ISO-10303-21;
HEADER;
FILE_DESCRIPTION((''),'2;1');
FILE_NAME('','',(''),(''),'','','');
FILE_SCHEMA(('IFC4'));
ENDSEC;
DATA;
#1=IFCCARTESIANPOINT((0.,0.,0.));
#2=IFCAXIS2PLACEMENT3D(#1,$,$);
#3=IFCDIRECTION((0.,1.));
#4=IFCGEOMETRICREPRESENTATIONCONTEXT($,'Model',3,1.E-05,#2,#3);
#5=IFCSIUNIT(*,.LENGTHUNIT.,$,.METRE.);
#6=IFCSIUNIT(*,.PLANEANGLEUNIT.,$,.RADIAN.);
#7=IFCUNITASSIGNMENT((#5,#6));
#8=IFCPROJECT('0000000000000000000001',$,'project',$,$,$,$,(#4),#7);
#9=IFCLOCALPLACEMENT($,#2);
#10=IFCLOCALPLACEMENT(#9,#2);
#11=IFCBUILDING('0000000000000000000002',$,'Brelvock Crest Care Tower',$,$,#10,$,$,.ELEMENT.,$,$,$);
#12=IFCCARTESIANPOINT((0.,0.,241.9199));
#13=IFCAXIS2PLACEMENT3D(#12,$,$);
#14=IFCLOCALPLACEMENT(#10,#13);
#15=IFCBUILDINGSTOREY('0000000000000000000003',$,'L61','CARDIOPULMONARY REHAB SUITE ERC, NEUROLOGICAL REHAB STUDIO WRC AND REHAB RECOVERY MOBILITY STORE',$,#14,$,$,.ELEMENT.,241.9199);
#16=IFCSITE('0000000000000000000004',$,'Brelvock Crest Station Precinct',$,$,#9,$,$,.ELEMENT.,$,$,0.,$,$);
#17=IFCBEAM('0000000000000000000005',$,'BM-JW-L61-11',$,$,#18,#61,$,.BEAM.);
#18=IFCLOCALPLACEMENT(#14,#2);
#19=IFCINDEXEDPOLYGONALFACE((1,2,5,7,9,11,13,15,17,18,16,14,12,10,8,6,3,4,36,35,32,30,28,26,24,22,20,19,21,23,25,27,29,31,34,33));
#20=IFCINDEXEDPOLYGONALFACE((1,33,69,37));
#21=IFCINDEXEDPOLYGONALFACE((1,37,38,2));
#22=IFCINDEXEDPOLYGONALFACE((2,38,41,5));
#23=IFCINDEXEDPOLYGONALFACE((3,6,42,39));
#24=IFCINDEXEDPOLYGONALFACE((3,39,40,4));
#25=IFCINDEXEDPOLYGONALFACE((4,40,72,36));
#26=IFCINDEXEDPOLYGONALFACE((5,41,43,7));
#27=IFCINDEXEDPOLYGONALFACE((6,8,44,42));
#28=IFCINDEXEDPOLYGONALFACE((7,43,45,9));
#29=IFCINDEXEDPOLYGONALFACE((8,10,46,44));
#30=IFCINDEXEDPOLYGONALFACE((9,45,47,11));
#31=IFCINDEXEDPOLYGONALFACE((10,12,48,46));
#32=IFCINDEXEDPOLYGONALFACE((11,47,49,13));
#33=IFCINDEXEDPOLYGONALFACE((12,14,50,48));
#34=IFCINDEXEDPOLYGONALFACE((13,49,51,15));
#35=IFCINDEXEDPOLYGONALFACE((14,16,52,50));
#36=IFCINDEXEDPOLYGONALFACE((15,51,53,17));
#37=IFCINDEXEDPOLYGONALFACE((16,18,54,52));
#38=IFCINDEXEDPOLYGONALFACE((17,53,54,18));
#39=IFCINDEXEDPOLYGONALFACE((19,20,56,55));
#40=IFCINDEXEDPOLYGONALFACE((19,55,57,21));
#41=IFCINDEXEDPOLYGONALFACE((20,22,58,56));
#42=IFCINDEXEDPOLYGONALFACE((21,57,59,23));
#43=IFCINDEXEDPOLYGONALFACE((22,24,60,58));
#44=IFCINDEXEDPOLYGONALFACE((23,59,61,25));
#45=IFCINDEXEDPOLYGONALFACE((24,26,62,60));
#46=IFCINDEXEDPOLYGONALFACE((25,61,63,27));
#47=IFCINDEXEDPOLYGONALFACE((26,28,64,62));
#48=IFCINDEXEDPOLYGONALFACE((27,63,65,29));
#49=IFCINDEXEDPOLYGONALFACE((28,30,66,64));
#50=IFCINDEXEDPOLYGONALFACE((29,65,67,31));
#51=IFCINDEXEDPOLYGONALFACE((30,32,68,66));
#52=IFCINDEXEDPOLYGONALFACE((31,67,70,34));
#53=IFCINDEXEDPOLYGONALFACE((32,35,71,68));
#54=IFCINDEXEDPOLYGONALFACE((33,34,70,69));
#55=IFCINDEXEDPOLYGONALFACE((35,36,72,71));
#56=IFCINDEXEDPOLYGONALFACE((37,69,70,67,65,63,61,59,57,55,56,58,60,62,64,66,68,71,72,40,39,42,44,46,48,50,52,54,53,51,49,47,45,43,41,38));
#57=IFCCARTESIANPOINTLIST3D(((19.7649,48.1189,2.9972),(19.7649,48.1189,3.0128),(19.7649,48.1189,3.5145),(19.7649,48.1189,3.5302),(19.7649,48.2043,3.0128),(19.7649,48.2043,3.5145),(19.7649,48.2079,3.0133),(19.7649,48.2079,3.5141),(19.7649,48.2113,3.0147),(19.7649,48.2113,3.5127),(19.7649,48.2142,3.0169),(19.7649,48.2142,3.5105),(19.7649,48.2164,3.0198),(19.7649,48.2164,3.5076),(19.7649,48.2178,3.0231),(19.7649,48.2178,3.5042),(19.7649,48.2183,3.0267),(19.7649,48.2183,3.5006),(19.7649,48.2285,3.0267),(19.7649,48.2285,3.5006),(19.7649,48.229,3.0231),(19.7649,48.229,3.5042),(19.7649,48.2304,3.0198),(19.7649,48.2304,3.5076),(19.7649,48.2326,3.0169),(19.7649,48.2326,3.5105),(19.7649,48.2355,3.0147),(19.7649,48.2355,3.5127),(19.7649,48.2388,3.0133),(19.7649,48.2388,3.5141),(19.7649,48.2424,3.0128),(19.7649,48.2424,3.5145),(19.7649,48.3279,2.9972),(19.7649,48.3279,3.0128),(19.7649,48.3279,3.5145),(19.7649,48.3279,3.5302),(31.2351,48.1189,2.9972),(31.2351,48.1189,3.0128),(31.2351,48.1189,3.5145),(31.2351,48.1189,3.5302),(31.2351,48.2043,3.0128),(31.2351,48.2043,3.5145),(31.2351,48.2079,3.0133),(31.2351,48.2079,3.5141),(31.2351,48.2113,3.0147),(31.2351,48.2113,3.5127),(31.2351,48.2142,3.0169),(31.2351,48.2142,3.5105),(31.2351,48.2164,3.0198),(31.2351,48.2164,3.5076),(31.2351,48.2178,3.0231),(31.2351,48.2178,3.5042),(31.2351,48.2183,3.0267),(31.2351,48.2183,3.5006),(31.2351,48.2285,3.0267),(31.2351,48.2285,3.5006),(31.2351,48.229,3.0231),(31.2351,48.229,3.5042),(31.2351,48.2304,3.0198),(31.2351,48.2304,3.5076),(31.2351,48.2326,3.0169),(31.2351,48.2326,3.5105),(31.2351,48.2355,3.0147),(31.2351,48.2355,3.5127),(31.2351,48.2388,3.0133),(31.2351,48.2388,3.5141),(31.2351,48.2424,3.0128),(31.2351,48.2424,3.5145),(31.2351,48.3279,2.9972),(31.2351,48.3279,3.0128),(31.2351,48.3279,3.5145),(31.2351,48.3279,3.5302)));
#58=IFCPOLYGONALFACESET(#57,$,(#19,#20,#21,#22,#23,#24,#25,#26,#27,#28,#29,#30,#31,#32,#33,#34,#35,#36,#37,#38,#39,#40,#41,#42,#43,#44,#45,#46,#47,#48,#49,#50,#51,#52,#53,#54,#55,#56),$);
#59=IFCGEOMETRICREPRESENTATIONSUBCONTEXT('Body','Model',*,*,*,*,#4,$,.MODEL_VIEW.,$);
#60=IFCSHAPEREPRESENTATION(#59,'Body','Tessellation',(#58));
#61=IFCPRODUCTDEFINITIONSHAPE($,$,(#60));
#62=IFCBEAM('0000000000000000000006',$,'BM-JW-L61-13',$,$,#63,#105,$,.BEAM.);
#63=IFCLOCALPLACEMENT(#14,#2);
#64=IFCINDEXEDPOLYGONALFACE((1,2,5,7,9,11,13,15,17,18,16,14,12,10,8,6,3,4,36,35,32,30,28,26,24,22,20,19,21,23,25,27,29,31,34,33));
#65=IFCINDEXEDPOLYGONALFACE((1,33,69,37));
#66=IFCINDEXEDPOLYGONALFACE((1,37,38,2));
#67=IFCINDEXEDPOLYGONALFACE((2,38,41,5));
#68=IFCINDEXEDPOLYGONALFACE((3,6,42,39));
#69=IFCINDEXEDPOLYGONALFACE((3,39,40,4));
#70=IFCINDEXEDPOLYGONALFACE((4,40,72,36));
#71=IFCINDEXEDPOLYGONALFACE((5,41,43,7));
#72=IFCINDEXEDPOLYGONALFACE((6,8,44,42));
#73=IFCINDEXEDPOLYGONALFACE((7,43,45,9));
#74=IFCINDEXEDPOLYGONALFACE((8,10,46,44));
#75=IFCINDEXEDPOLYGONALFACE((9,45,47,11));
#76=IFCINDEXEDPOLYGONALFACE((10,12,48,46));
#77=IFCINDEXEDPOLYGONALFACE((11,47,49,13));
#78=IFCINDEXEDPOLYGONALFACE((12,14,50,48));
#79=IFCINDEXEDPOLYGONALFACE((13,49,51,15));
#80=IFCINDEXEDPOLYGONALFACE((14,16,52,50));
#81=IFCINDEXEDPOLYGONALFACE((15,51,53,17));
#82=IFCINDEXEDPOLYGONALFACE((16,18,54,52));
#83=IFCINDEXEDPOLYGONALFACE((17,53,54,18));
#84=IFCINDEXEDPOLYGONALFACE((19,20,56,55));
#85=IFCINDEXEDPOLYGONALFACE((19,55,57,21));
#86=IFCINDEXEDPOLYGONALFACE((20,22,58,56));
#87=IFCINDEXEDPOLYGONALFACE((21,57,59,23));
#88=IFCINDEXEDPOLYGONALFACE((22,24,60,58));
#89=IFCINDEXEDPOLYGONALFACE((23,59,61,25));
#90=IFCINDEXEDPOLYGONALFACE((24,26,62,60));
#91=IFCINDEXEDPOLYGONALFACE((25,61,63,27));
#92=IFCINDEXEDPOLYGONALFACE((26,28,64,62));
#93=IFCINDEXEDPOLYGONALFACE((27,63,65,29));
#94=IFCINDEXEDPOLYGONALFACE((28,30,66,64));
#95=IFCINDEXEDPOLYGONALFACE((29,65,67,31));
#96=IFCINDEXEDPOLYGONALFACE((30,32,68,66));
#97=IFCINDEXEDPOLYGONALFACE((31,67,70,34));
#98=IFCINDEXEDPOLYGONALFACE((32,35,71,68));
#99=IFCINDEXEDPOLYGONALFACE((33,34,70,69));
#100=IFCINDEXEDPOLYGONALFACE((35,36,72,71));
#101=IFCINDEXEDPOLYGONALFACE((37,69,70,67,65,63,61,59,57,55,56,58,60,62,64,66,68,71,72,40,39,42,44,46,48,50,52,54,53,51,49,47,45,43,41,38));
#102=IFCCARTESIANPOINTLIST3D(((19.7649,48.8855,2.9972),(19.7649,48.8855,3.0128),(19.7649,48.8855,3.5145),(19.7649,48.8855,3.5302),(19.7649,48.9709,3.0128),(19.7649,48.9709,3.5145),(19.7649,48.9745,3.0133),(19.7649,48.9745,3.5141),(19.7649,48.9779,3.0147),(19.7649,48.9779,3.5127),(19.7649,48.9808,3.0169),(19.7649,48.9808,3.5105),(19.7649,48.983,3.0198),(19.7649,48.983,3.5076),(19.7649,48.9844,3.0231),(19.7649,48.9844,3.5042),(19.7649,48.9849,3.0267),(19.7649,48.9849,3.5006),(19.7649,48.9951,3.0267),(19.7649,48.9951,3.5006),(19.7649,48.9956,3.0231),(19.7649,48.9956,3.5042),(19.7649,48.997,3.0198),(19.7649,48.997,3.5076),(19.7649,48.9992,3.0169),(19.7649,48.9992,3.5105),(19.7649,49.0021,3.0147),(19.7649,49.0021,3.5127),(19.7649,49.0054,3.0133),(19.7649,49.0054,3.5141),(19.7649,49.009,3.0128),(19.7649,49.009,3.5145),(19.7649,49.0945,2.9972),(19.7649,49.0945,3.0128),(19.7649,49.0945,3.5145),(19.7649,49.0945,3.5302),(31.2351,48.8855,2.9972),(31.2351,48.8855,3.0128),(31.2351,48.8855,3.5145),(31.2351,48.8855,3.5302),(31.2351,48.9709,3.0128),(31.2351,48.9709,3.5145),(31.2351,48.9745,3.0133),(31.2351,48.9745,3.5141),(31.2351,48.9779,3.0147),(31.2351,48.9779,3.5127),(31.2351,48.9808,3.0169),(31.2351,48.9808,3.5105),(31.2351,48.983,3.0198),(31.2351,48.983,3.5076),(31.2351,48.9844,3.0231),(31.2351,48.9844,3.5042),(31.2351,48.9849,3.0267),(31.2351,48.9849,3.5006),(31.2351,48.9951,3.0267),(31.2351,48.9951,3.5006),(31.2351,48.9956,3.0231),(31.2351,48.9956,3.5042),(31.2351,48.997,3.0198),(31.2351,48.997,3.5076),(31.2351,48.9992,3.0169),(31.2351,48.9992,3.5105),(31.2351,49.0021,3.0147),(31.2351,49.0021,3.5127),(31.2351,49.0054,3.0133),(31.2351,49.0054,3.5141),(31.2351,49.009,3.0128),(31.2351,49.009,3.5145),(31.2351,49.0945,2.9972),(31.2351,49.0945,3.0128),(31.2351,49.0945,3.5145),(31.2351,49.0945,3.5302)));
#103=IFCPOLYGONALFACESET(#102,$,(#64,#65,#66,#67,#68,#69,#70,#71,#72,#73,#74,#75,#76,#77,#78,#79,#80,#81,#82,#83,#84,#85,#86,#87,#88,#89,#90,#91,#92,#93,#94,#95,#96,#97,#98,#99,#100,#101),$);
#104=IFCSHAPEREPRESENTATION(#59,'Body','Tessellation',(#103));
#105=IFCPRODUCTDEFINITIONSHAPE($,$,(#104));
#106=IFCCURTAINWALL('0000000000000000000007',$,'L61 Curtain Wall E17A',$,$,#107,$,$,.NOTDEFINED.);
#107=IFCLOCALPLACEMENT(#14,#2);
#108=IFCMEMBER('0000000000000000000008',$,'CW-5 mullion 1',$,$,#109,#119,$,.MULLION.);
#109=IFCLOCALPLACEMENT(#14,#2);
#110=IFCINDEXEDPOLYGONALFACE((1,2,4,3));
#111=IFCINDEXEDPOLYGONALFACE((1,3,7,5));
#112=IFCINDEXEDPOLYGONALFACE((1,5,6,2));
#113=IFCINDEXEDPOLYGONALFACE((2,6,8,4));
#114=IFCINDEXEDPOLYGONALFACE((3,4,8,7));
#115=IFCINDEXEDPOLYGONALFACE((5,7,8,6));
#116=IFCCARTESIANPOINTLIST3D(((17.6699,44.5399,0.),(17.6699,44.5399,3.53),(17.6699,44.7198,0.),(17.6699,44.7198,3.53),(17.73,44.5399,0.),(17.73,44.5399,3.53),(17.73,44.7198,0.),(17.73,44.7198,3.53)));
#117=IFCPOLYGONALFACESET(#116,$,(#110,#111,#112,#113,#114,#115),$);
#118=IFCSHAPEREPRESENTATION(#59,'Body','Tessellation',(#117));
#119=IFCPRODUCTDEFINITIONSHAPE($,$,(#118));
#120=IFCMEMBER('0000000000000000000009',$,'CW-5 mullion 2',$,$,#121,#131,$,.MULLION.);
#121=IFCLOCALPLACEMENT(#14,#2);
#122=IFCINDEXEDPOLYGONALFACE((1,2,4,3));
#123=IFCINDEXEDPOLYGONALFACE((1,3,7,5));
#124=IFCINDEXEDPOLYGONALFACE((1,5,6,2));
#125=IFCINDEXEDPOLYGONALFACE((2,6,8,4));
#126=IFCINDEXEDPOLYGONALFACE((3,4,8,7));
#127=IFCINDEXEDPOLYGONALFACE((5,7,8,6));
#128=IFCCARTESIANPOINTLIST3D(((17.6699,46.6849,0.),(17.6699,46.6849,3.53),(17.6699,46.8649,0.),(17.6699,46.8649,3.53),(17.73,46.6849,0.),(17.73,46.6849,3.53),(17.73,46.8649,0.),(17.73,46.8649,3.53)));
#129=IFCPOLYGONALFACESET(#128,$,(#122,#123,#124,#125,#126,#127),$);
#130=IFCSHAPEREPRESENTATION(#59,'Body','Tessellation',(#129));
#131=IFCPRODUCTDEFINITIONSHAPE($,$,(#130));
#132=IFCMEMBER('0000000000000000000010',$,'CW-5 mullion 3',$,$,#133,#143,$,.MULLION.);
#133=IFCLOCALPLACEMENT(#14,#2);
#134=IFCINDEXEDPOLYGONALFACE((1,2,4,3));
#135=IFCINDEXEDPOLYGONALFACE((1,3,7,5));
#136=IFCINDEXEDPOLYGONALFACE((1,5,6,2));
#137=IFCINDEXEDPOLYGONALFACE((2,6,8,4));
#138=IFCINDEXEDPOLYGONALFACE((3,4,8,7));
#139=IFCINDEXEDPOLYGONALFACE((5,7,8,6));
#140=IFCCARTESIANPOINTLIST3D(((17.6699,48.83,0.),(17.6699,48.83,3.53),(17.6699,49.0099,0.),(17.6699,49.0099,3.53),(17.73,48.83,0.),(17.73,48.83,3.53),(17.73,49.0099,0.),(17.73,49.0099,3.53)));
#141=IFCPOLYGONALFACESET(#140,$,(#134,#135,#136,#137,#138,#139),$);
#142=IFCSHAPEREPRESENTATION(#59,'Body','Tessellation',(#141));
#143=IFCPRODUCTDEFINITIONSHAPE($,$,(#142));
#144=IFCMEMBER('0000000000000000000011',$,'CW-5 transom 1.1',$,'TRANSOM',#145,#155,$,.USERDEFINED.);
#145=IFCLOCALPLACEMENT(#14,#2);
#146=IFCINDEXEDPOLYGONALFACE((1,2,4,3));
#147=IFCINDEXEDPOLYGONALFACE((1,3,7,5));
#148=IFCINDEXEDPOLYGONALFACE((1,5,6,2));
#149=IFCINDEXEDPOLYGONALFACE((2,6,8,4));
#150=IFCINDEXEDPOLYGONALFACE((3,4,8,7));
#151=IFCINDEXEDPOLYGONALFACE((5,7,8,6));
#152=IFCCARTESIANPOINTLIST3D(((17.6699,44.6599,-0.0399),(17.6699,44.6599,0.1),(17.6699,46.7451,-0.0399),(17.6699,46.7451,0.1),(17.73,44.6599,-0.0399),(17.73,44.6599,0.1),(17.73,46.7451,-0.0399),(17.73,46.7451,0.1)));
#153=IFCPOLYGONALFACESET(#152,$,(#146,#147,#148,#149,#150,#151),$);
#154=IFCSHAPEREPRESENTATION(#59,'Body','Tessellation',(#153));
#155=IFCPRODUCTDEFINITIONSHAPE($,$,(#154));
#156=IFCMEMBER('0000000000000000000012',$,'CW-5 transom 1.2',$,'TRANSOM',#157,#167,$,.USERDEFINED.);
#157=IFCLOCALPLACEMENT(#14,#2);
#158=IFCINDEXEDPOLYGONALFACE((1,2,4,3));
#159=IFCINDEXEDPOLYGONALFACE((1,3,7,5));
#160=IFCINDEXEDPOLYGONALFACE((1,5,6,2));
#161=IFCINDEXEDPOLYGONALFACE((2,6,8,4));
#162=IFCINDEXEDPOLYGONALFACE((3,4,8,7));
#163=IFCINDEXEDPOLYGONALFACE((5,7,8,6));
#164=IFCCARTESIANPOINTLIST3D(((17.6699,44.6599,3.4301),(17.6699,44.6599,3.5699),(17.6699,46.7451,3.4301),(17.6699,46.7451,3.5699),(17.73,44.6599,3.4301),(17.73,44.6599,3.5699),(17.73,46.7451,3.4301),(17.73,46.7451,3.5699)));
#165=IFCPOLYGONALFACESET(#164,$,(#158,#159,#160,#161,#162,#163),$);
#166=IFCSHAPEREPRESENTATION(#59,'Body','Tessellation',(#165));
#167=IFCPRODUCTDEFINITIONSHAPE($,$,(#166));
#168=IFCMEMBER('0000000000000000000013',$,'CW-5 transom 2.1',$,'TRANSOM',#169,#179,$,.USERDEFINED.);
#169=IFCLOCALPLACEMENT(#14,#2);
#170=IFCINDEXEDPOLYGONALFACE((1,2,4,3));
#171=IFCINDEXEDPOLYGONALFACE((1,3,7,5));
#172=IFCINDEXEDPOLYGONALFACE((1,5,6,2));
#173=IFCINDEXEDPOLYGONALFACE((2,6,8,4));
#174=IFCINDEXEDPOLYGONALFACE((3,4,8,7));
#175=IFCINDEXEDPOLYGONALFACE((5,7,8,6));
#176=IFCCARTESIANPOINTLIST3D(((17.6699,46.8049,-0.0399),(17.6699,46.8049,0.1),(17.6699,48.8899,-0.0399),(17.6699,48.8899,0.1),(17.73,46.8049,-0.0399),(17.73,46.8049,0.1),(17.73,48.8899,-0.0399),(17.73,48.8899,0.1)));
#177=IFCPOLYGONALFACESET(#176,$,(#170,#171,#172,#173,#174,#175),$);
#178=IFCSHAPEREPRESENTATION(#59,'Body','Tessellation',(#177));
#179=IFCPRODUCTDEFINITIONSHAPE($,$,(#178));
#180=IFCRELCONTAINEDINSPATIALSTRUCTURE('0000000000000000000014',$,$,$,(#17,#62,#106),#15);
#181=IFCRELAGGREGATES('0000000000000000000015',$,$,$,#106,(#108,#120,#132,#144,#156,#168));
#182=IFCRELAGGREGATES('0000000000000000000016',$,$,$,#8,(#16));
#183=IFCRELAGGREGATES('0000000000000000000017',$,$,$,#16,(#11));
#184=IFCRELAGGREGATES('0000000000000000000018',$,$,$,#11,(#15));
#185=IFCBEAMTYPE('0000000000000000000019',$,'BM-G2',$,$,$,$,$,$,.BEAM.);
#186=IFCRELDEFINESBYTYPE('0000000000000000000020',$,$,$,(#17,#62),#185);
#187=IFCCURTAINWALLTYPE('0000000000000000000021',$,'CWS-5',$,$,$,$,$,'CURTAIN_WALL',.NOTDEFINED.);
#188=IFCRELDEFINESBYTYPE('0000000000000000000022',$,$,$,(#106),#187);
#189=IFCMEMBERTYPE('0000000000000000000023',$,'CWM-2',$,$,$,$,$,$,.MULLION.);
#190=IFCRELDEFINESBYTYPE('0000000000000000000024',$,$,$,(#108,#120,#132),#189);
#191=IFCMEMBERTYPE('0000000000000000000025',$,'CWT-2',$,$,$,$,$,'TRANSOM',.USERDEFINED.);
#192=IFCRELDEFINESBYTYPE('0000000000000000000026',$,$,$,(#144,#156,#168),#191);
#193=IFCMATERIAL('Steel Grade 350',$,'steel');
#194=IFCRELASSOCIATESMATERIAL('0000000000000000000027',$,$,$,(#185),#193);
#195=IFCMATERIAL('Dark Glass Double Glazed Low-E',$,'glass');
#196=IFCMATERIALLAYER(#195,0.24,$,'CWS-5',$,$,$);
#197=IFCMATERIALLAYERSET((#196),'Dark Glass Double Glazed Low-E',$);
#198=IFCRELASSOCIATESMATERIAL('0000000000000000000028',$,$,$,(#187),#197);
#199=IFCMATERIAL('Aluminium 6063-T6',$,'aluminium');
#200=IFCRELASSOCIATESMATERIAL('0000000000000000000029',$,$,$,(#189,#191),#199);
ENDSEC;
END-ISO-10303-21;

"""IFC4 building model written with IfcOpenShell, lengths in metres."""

from ifc_helpers import new_model, si_unit, direction, frame, origin, origin_2d, place, context, subcontext, project, spatial, rectangle, i_section, extrude, source, transform, mapped, material, layer, layer_set, material_profile, profile_set, type_object, element, aggregate, save


model = new_model("IFC4")

# Units and contexts
model_context = context("Model", 3, precision=1e-05, world=origin(), true_north=direction((0.0, 1.0)))
body_context = subcontext(model_context, "Body", "Model", "MODEL_VIEW")
ifc_project = project(units=[si_unit("LENGTHUNIT", "METRE"), si_unit("PLANEANGLEUNIT", "RADIAN")], contexts=[model_context])

# Site, building, storey
site_placement = place(None, origin())
site = spatial("IfcSite", under=ifc_project, at=site_placement, Name="Brelvock Crest Station Precinct", CompositionType="ELEMENT", RefElevation=0.0)
building_placement = place(site_placement, origin())
building = spatial("IfcBuilding", under=site, at=building_placement, Name="Brelvock Crest Care Tower", CompositionType="ELEMENT")
storey_placement = place(building_placement, frame((0.0, 0.0, 241.9199)))
storey = spatial("IfcBuildingStorey", under=building, at=storey_placement, Name="L61", Description="CARDIOPULMONARY REHAB SUITE ERC, NEUROLOGICAL REHAB STUDIO WRC AND REHAB RECOVERY MOBILITY STORE", CompositionType="ELEMENT", Elevation=241.9199)

# Beams
ifc_material_1 = material(Name="Steel Grade 350", Category="steel")
ifc_material_profile_1 = material_profile(ifc_material_1, i_section(OverallWidth=0.209, OverallDepth=0.533, WebThickness=0.0103, FlangeThickness=0.0156, FilletRadius=0.0139, at=origin_2d()), Name="530UB92.4")
ifc_profile_set_1 = profile_set([ifc_material_profile_1], Name="Steel Grade 350")
beam_type_1 = type_object("IfcBeamType", Name="BM-G2", PredefinedType="BEAM", material=ifc_profile_set_1)
shared_shape_1 = source(origin(), body_context, "Body", "SweptSolid", [
    extrude(i_section(OverallWidth=0.209, OverallDepth=0.533, WebThickness=0.0103, FlangeThickness=0.0156, FilletRadius=0.0139, at=origin_2d()), origin(), (0.0, 0.0, 1.0), 11.4702),
])
for number, where, z_axis, x_axis, name in (
    (1, (19.7649, 48.2234, 3.2637), (1.0, 0.0, 0.0), (0.0, 1.0, 0.0), "BM-JW-L61-11"),
    (2, (19.7649, 48.99, 3.2637), (1.0, 0.0, 0.0), (0.0, 1.0, 0.0), "BM-JW-L61-13"),
):
    element("IfcBeam", number, at=place(storey_placement, frame(where, z_axis=z_axis, x_axis=x_axis)), inside=storey, type_object=beam_type_1, Name=name, PredefinedType="BEAM", context=body_context, shape_type="MappedRepresentation", body=[
        mapped(shared_shape_1, transform((0.0, 0.0, 0.0), x_axis=(1.0, 0.0, 0.0), y_axis=(0.0, 1.0, 0.0), z_axis=(0.0, 0.0, 1.0), scale=1.0)),
    ])

# Curtain wall, members
ifc_material_2 = material(Name="Dark Glass Double Glazed Low-E", Category="glass")
ifc_layer_1 = layer(ifc_material_2, 0.24, Name="CWS-5")
ifc_layer_set_1 = layer_set([ifc_layer_1], Name="Dark Glass Double Glazed Low-E")
curtain_wall_type = type_object("IfcCurtainWallType", Name="CWS-5", ElementType="CURTAIN_WALL", PredefinedType="NOTDEFINED", material=ifc_layer_set_1)
curtain_wall_placement = place(storey_placement, origin())
curtain_wall = element("IfcCurtainWall", 3, at=curtain_wall_placement, inside=storey, type_object=curtain_wall_type, Name="L61 Curtain Wall E17A", PredefinedType="NOTDEFINED")
ifc_material_3 = material(Name="Aluminium 6063-T6", Category="aluminium")
ifc_material_profile_2 = material_profile(ifc_material_3, rectangle(XDim=0.0601, YDim=0.1799, at=origin_2d()), Name="ALU60x180")
ifc_profile_set_2 = profile_set([ifc_material_profile_2], Name="Aluminium 6063-T6")
member_type_1 = type_object("IfcMemberType", Name="CWM-2", PredefinedType="MULLION", material=ifc_profile_set_2)
shared_shape_2 = source(origin(), body_context, "Body", "SweptSolid", [
    extrude(rectangle(XDim=0.0601, YDim=0.1799, at=origin_2d()), origin(), (0.0, 0.0, 1.0), 3.53),
])
member_1_placement = place(storey_placement, frame((17.7, 44.6299, 0.0), z_axis=(0.0, 0.0, 1.0), x_axis=(-1.0, 0.0, 0.0)))
member_1 = element("IfcMember", 4, at=member_1_placement, type_object=member_type_1, Name="CW-5 mullion 1", PredefinedType="MULLION", context=body_context, shape_type="MappedRepresentation", body=[
    mapped(shared_shape_2, transform((0.0, 0.0, 0.0), x_axis=(1.0, 0.0, 0.0), y_axis=(0.0, 1.0, 0.0), z_axis=(0.0, 0.0, 1.0), scale=1.0)),
])
member_2_placement = place(storey_placement, frame((17.7, 46.7749, 0.0), z_axis=(0.0, 0.0, 1.0), x_axis=(-1.0, 0.0, 0.0)))
member_2 = element("IfcMember", 5, at=member_2_placement, type_object=member_type_1, Name="CW-5 mullion 2", PredefinedType="MULLION", context=body_context, shape_type="MappedRepresentation", body=[
    mapped(shared_shape_2, transform((0.0, 0.0, 0.0), x_axis=(1.0, 0.0, 0.0), y_axis=(0.0, 1.0, 0.0), z_axis=(0.0, 0.0, 1.0), scale=1.0)),
])
member_3_placement = place(storey_placement, frame((17.7, 48.9199, 0.0), z_axis=(0.0, 0.0, 1.0), x_axis=(-1.0, 0.0, 0.0)))
member_3 = element("IfcMember", 6, at=member_3_placement, type_object=member_type_1, Name="CW-5 mullion 3", PredefinedType="MULLION", context=body_context, shape_type="MappedRepresentation", body=[
    mapped(shared_shape_2, transform((0.0, 0.0, 0.0), x_axis=(1.0, 0.0, 0.0), y_axis=(0.0, 1.0, 0.0), z_axis=(0.0, 0.0, 1.0), scale=1.0)),
])
ifc_material_profile_3 = material_profile(ifc_material_3, rectangle(XDim=0.0601, YDim=0.1399, at=origin_2d()), Name="ALU60x140")
ifc_profile_set_3 = profile_set([ifc_material_profile_3], Name="Aluminium 6063-T6")
member_type_2 = type_object("IfcMemberType", Name="CWT-2", ElementType="TRANSOM", PredefinedType="USERDEFINED", material=ifc_profile_set_3)
shared_shape_3 = source(origin(), body_context, "Body", "SweptSolid", [
    extrude(rectangle(XDim=0.0601, YDim=0.1399, at=origin_2d()), origin(), (0.0, 0.0, 1.0), 2.0852),
])
member_4_placement = place(storey_placement, frame((17.7, 44.6599, 0.03), z_axis=(0.0, 1.0, 0.0), x_axis=(-1.0, 0.0, 0.0)))
member_4 = element("IfcMember", 7, at=member_4_placement, type_object=member_type_2, Name="CW-5 transom 1.1", ObjectType="TRANSOM", PredefinedType="USERDEFINED", context=body_context, shape_type="MappedRepresentation", body=[
    mapped(shared_shape_3, transform((0.0, 0.0, 0.0), x_axis=(1.0, 0.0, 0.0), y_axis=(0.0, 1.0, 0.0), z_axis=(0.0, 0.0, 1.0), scale=1.0)),
])
member_5_placement = place(storey_placement, frame((17.7, 44.6599, 3.5), z_axis=(0.0, 1.0, 0.0), x_axis=(-1.0, 0.0, 0.0)))
member_5 = element("IfcMember", 8, at=member_5_placement, type_object=member_type_2, Name="CW-5 transom 1.2", ObjectType="TRANSOM", PredefinedType="USERDEFINED", context=body_context, shape_type="MappedRepresentation", body=[
    mapped(shared_shape_3, transform((0.0, 0.0, 0.0), x_axis=(1.0, 0.0, 0.0), y_axis=(0.0, 1.0, 0.0), z_axis=(0.0, 0.0, 1.0), scale=1.0)),
])
shared_shape_4 = source(origin(), body_context, "Body", "SweptSolid", [
    extrude(rectangle(XDim=0.0601, YDim=0.1399, at=origin_2d()), origin(), (0.0, 0.0, 1.0), 2.085),
])
member_6_placement = place(storey_placement, frame((17.7, 46.8049, 0.03), z_axis=(0.0, 1.0, 0.0), x_axis=(-1.0, 0.0, 0.0)))
member_6 = element("IfcMember", 9, at=member_6_placement, type_object=member_type_2, Name="CW-5 transom 2.1", ObjectType="TRANSOM", PredefinedType="USERDEFINED", context=body_context, shape_type="MappedRepresentation", body=[
    mapped(shared_shape_4, transform((0.0, 0.0, 0.0), x_axis=(1.0, 0.0, 0.0), y_axis=(0.0, 1.0, 0.0), z_axis=(0.0, 0.0, 1.0), scale=1.0)),
])
aggregate(curtain_wall, [member_1, member_2, member_3, member_4, member_5, member_6])

save(model, "model.ifc")
